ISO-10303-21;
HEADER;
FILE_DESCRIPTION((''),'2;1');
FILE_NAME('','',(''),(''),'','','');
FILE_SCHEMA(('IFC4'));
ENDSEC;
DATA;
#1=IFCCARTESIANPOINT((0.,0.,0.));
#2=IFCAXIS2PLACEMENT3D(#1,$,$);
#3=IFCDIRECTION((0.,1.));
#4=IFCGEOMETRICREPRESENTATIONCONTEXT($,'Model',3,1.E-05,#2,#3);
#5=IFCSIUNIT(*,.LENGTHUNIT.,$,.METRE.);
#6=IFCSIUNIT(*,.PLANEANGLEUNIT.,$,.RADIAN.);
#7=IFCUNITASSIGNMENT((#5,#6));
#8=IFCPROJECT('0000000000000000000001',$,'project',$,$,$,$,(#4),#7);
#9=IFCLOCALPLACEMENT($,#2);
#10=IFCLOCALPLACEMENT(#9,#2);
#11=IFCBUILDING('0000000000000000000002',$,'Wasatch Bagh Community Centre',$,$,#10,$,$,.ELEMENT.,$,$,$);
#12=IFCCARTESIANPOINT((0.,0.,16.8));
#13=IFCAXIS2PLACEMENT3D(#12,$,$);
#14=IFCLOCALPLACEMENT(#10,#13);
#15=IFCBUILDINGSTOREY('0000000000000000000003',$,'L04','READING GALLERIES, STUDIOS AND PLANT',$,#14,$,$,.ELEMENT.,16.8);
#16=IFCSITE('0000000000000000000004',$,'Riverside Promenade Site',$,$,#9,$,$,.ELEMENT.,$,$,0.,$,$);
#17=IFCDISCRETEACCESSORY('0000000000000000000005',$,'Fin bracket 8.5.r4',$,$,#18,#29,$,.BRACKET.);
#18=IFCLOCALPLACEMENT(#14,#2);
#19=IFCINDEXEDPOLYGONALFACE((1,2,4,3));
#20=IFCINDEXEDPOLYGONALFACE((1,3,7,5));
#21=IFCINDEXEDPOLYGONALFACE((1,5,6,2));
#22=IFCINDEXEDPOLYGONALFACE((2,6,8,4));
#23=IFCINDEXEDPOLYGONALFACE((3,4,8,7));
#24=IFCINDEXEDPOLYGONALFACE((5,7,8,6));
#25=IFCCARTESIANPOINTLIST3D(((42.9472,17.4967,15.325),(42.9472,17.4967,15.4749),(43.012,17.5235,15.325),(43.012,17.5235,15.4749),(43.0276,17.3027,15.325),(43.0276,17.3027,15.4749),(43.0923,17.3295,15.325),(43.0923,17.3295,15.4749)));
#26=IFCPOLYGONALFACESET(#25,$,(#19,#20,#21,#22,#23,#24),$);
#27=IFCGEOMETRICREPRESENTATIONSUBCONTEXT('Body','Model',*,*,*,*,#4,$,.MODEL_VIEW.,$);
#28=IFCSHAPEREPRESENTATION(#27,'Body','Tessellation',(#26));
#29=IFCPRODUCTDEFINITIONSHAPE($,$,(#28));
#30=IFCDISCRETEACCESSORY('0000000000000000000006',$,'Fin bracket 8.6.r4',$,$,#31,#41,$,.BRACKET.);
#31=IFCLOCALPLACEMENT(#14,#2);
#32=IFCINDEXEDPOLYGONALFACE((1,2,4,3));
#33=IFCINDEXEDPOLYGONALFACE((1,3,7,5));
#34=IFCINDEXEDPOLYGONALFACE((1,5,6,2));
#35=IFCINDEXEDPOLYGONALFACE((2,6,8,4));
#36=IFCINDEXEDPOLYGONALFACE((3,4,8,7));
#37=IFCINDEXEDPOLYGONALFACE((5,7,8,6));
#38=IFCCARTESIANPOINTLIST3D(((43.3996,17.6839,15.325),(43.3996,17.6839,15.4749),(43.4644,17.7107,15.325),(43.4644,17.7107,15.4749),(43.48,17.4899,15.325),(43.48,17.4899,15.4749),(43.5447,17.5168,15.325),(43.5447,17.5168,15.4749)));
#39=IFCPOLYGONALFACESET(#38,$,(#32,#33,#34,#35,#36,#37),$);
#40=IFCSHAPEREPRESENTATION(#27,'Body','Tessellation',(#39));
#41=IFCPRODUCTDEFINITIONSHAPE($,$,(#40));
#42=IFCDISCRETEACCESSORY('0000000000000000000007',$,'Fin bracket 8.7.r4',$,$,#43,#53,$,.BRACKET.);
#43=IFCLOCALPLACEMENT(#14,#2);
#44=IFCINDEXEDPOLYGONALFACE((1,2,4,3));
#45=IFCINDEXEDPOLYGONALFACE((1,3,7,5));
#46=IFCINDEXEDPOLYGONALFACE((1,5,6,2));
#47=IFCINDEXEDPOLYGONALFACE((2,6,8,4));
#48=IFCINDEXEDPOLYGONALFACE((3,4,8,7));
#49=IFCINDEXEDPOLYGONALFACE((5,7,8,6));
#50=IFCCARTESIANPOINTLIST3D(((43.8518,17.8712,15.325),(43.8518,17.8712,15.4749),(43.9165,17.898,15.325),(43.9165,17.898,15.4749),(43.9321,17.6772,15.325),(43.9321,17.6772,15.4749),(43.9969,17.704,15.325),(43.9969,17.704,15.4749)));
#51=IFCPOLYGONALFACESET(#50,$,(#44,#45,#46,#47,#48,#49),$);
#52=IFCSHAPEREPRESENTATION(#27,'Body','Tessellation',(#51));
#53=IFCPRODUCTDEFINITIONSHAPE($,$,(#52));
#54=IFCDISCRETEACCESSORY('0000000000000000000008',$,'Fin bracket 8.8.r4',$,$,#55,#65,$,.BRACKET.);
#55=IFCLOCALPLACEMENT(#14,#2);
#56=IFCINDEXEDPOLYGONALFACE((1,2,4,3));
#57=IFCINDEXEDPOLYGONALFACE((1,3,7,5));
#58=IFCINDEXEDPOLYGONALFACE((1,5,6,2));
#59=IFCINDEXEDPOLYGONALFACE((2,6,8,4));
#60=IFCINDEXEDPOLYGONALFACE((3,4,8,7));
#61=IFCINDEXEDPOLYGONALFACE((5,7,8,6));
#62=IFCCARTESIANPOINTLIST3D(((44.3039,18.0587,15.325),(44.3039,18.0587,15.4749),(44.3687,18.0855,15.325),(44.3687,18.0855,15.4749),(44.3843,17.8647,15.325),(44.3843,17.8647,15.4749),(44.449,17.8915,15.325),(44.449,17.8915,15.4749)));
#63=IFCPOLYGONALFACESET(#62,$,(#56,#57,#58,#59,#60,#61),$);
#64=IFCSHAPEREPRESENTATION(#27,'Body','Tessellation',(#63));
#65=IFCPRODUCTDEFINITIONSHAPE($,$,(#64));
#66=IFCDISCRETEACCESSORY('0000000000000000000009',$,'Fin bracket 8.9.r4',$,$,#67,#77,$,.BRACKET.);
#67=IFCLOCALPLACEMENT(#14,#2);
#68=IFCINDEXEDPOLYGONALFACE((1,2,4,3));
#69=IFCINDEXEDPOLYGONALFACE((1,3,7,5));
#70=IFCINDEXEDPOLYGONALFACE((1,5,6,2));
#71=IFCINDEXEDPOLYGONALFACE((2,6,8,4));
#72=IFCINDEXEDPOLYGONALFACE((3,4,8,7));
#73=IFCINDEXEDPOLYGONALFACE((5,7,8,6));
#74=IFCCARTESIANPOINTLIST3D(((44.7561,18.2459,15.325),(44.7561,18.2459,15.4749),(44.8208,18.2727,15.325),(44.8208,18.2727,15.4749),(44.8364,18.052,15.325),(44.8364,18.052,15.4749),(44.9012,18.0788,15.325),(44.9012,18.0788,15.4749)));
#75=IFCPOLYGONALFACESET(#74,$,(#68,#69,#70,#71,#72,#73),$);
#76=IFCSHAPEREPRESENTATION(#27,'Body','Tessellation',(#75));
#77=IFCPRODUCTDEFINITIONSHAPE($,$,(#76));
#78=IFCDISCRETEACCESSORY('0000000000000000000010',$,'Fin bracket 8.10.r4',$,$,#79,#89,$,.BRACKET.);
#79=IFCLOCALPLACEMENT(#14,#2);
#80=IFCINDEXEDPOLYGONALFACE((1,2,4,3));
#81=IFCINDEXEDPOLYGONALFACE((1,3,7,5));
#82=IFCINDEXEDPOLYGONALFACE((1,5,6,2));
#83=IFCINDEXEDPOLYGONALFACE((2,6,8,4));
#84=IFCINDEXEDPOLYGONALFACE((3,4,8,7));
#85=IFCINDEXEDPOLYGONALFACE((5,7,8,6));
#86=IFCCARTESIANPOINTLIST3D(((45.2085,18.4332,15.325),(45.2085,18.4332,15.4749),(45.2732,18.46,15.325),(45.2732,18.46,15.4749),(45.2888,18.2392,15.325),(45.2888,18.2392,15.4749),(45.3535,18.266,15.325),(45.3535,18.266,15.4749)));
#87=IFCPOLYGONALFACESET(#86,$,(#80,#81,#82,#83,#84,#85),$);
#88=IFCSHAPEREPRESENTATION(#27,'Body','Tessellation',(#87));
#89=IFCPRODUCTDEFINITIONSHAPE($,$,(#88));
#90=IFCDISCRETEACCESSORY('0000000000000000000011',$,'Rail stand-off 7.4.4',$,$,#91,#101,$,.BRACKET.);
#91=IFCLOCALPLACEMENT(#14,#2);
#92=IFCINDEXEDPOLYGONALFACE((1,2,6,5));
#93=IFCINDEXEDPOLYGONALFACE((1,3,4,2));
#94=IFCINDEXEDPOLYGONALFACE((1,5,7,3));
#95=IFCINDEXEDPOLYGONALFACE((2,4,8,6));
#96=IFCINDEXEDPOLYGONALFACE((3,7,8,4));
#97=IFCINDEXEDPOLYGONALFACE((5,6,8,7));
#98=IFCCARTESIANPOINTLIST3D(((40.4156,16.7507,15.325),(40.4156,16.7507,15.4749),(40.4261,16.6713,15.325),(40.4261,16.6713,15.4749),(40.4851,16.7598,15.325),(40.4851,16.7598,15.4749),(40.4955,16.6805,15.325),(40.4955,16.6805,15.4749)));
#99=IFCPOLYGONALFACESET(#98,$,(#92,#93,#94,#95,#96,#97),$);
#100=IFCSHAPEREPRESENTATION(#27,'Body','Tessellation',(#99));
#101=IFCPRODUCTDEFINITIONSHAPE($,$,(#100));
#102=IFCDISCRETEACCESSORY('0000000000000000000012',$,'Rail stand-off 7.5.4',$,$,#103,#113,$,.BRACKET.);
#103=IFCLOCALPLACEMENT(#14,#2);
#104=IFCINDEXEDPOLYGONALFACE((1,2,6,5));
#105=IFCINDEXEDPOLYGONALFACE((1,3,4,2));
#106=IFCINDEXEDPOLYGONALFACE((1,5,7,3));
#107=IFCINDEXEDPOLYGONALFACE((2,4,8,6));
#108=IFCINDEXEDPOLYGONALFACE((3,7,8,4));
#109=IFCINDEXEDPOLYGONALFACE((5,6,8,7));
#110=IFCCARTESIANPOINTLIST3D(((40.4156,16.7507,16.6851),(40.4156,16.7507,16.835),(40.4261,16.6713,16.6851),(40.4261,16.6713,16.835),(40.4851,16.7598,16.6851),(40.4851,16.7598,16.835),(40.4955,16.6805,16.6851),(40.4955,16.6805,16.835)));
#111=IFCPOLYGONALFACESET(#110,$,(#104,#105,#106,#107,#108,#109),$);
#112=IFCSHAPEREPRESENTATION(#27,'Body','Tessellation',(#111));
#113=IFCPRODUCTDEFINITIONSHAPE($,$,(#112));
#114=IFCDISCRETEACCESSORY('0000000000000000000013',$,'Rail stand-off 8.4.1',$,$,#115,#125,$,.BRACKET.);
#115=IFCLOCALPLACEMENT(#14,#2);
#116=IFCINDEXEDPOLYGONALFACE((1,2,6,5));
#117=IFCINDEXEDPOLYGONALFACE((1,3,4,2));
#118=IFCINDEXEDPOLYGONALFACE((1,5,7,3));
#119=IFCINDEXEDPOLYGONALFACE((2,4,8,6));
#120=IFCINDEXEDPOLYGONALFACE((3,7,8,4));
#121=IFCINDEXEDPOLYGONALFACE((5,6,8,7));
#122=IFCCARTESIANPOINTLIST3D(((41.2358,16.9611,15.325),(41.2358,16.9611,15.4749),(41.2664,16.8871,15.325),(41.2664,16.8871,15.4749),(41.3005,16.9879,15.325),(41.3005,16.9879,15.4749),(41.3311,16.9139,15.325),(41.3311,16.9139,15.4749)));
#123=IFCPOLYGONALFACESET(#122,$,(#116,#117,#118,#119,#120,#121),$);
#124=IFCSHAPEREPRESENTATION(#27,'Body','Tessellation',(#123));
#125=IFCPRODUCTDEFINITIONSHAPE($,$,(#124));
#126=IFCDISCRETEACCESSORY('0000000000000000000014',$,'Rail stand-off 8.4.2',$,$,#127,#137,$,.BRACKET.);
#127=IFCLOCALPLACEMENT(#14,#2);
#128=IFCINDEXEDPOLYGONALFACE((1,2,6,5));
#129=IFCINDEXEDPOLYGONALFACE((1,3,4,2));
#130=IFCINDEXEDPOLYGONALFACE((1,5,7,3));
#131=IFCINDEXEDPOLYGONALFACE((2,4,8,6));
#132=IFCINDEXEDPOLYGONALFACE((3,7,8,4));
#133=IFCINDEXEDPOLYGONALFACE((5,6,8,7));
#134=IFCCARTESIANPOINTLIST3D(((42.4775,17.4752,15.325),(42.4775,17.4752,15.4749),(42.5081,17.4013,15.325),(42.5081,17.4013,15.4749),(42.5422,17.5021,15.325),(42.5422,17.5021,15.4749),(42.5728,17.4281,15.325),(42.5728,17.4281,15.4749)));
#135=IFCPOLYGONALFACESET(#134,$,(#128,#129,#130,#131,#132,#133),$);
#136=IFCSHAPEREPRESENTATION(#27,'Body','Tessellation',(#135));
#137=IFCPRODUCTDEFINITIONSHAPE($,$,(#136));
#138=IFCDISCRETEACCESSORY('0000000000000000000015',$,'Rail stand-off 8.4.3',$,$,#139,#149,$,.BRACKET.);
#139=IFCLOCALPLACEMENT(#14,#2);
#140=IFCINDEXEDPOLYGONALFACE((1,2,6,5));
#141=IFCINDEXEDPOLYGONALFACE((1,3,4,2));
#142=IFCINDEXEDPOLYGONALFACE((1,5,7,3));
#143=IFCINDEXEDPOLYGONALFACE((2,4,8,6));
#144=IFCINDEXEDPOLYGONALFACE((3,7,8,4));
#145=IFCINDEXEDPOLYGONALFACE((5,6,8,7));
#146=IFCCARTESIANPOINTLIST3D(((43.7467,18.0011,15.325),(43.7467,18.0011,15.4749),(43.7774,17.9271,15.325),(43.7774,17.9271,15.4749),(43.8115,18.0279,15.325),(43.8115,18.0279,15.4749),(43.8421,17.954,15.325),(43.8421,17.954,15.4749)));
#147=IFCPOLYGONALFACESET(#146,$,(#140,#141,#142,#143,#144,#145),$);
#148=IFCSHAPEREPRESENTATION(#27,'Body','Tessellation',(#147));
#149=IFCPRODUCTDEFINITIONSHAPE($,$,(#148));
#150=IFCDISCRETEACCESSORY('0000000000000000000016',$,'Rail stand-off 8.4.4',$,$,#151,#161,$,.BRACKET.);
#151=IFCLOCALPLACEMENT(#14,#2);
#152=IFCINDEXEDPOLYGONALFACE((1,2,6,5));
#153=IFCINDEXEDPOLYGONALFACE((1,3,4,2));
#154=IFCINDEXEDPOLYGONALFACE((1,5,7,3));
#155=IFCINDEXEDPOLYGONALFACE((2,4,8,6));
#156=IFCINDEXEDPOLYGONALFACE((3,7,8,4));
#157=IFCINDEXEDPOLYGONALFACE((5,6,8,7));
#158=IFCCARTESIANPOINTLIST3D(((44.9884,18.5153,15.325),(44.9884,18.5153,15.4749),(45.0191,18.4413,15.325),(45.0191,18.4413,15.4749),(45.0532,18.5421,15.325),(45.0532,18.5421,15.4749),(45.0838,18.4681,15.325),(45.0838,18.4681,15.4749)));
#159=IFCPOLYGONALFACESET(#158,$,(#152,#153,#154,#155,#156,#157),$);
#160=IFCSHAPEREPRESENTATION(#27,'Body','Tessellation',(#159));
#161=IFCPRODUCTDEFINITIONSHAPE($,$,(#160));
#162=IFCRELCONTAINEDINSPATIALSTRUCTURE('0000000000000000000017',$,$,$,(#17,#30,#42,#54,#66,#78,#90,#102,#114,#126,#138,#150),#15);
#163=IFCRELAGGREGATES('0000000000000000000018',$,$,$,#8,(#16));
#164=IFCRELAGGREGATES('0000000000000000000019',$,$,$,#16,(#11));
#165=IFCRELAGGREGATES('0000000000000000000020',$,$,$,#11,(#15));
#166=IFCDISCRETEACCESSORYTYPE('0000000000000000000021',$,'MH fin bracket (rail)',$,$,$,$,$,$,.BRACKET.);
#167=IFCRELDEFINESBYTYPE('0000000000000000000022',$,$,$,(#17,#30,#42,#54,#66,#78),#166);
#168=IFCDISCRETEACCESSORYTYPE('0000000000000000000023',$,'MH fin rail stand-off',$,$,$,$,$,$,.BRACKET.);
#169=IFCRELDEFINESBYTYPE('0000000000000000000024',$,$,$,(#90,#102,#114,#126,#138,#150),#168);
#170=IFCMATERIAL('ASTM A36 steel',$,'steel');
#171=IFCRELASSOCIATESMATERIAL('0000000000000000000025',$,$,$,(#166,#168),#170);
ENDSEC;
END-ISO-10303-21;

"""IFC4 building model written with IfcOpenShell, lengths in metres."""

from ifc_helpers import new_model, si_unit, direction, frame, origin, origin_2d, place, context, subcontext, project, spatial, rectangle, extrude, material, type_object, element, save


model = new_model("IFC4")

# Units and contexts
model_context = context("Model", 3, precision=1e-05, world=origin(), true_north=direction((0.0, 1.0)))
body_context = subcontext(model_context, "Body", "Model", "MODEL_VIEW")
ifc_project = project(units=[si_unit("LENGTHUNIT", "METRE"), si_unit("PLANEANGLEUNIT", "RADIAN")], contexts=[model_context])

# Site, building, storey
site_placement = place(None, origin())
site = spatial("IfcSite", under=ifc_project, at=site_placement, Name="Riverside Promenade Site", CompositionType="ELEMENT", RefElevation=0.0)
building_placement = place(site_placement, origin())
building = spatial("IfcBuilding", under=site, at=building_placement, Name="Wasatch Bagh Community Centre", CompositionType="ELEMENT")
storey_placement = place(building_placement, frame((0.0, 0.0, 16.8)))
storey = spatial("IfcBuildingStorey", under=building, at=storey_placement, Name="L04", Description="READING GALLERIES, STUDIOS AND PLANT", CompositionType="ELEMENT", Elevation=16.8)

# Discrete accessories
ifc_material_1 = material(Name="ASTM A36 steel", Category="steel")
discrete_accessory_type_1 = type_object("IfcDiscreteAccessoryType", Name="MH fin bracket (rail)", PredefinedType="BRACKET", material=ifc_material_1)
for number, where, z_axis, x_axis, name in (
    (1, (43.0198, 17.4131, 15.325), (0.0, 0.0, 1.0), (0.92388, 0.382683, 0.0), "Fin bracket 8.5.r4"),
    (2, (43.4722, 17.6003, 15.325), (0.0, 0.0, 1.0), (0.92388, 0.382683, 0.0), "Fin bracket 8.6.r4"),
    (3, (43.9243, 17.7876, 15.325), (0.0, 0.0, 1.0), (0.92388, 0.382683, 0.0), "Fin bracket 8.7.r4"),
    (4, (44.3765, 17.9751, 15.325), (0.0, 0.0, 1.0), (0.92388, 0.382683, 0.0), "Fin bracket 8.8.r4"),
    (5, (44.8286, 18.1624, 15.325), (0.0, 0.0, 1.0), (0.92388, 0.382683, 0.0), "Fin bracket 8.9.r4"),
    (6, (45.281, 18.3496, 15.325), (0.0, 0.0, 1.0), (0.92388, 0.382683, 0.0), "Fin bracket 8.10.r4"),
):
    element("IfcDiscreteAccessory", number, at=place(storey_placement, frame(where, z_axis=z_axis, x_axis=x_axis)), inside=storey, type_object=discrete_accessory_type_1, Name=name, PredefinedType="BRACKET", context=body_context, shape_type="SweptSolid", body=[
        extrude(rectangle(XDim=0.0701, YDim=0.21, at=origin_2d()), origin(), (0.0, 0.0, 1.0), 0.1499),
    ])
discrete_accessory_type_2 = type_object("IfcDiscreteAccessoryType", Name="MH fin rail stand-off", PredefinedType="BRACKET", material=ifc_material_1)
for number, where, z_axis, x_axis, name in (
    (7, (40.4556, 16.7156, 15.325), (0.0, 0.0, 1.0), (0.991445, 0.130526, 0.0), "Rail stand-off 7.4.4"),
    (8, (40.4556, 16.7156, 16.6851), (0.0, 0.0, 1.0), (0.991445, 0.130526, 0.0), "Rail stand-off 7.5.4"),
    (9, (41.2834, 16.9375, 15.325), (0.0, 0.0, 1.0), (0.92388, 0.382683, 0.0), "Rail stand-off 8.4.1"),
    (10, (42.5251, 17.4517, 15.325), (0.0, 0.0, 1.0), (0.92388, 0.382683, 0.0), "Rail stand-off 8.4.2"),
    (11, (43.7944, 17.9775, 15.325), (0.0, 0.0, 1.0), (0.92388, 0.382683, 0.0), "Rail stand-off 8.4.3"),
    (12, (45.0361, 18.4917, 15.325), (0.0, 0.0, 1.0), (0.92388, 0.382683, 0.0), "Rail stand-off 8.4.4"),
):
    element("IfcDiscreteAccessory", number, at=place(storey_placement, frame(where, z_axis=z_axis, x_axis=x_axis)), inside=storey, type_object=discrete_accessory_type_2, Name=name, PredefinedType="BRACKET", context=body_context, shape_type="SweptSolid", body=[
        extrude(rectangle(XDim=0.0701, YDim=0.0801, at=origin_2d()), origin(), (0.0, 0.0, 1.0), 0.1499),
    ])

save(model, "model.ifc")
